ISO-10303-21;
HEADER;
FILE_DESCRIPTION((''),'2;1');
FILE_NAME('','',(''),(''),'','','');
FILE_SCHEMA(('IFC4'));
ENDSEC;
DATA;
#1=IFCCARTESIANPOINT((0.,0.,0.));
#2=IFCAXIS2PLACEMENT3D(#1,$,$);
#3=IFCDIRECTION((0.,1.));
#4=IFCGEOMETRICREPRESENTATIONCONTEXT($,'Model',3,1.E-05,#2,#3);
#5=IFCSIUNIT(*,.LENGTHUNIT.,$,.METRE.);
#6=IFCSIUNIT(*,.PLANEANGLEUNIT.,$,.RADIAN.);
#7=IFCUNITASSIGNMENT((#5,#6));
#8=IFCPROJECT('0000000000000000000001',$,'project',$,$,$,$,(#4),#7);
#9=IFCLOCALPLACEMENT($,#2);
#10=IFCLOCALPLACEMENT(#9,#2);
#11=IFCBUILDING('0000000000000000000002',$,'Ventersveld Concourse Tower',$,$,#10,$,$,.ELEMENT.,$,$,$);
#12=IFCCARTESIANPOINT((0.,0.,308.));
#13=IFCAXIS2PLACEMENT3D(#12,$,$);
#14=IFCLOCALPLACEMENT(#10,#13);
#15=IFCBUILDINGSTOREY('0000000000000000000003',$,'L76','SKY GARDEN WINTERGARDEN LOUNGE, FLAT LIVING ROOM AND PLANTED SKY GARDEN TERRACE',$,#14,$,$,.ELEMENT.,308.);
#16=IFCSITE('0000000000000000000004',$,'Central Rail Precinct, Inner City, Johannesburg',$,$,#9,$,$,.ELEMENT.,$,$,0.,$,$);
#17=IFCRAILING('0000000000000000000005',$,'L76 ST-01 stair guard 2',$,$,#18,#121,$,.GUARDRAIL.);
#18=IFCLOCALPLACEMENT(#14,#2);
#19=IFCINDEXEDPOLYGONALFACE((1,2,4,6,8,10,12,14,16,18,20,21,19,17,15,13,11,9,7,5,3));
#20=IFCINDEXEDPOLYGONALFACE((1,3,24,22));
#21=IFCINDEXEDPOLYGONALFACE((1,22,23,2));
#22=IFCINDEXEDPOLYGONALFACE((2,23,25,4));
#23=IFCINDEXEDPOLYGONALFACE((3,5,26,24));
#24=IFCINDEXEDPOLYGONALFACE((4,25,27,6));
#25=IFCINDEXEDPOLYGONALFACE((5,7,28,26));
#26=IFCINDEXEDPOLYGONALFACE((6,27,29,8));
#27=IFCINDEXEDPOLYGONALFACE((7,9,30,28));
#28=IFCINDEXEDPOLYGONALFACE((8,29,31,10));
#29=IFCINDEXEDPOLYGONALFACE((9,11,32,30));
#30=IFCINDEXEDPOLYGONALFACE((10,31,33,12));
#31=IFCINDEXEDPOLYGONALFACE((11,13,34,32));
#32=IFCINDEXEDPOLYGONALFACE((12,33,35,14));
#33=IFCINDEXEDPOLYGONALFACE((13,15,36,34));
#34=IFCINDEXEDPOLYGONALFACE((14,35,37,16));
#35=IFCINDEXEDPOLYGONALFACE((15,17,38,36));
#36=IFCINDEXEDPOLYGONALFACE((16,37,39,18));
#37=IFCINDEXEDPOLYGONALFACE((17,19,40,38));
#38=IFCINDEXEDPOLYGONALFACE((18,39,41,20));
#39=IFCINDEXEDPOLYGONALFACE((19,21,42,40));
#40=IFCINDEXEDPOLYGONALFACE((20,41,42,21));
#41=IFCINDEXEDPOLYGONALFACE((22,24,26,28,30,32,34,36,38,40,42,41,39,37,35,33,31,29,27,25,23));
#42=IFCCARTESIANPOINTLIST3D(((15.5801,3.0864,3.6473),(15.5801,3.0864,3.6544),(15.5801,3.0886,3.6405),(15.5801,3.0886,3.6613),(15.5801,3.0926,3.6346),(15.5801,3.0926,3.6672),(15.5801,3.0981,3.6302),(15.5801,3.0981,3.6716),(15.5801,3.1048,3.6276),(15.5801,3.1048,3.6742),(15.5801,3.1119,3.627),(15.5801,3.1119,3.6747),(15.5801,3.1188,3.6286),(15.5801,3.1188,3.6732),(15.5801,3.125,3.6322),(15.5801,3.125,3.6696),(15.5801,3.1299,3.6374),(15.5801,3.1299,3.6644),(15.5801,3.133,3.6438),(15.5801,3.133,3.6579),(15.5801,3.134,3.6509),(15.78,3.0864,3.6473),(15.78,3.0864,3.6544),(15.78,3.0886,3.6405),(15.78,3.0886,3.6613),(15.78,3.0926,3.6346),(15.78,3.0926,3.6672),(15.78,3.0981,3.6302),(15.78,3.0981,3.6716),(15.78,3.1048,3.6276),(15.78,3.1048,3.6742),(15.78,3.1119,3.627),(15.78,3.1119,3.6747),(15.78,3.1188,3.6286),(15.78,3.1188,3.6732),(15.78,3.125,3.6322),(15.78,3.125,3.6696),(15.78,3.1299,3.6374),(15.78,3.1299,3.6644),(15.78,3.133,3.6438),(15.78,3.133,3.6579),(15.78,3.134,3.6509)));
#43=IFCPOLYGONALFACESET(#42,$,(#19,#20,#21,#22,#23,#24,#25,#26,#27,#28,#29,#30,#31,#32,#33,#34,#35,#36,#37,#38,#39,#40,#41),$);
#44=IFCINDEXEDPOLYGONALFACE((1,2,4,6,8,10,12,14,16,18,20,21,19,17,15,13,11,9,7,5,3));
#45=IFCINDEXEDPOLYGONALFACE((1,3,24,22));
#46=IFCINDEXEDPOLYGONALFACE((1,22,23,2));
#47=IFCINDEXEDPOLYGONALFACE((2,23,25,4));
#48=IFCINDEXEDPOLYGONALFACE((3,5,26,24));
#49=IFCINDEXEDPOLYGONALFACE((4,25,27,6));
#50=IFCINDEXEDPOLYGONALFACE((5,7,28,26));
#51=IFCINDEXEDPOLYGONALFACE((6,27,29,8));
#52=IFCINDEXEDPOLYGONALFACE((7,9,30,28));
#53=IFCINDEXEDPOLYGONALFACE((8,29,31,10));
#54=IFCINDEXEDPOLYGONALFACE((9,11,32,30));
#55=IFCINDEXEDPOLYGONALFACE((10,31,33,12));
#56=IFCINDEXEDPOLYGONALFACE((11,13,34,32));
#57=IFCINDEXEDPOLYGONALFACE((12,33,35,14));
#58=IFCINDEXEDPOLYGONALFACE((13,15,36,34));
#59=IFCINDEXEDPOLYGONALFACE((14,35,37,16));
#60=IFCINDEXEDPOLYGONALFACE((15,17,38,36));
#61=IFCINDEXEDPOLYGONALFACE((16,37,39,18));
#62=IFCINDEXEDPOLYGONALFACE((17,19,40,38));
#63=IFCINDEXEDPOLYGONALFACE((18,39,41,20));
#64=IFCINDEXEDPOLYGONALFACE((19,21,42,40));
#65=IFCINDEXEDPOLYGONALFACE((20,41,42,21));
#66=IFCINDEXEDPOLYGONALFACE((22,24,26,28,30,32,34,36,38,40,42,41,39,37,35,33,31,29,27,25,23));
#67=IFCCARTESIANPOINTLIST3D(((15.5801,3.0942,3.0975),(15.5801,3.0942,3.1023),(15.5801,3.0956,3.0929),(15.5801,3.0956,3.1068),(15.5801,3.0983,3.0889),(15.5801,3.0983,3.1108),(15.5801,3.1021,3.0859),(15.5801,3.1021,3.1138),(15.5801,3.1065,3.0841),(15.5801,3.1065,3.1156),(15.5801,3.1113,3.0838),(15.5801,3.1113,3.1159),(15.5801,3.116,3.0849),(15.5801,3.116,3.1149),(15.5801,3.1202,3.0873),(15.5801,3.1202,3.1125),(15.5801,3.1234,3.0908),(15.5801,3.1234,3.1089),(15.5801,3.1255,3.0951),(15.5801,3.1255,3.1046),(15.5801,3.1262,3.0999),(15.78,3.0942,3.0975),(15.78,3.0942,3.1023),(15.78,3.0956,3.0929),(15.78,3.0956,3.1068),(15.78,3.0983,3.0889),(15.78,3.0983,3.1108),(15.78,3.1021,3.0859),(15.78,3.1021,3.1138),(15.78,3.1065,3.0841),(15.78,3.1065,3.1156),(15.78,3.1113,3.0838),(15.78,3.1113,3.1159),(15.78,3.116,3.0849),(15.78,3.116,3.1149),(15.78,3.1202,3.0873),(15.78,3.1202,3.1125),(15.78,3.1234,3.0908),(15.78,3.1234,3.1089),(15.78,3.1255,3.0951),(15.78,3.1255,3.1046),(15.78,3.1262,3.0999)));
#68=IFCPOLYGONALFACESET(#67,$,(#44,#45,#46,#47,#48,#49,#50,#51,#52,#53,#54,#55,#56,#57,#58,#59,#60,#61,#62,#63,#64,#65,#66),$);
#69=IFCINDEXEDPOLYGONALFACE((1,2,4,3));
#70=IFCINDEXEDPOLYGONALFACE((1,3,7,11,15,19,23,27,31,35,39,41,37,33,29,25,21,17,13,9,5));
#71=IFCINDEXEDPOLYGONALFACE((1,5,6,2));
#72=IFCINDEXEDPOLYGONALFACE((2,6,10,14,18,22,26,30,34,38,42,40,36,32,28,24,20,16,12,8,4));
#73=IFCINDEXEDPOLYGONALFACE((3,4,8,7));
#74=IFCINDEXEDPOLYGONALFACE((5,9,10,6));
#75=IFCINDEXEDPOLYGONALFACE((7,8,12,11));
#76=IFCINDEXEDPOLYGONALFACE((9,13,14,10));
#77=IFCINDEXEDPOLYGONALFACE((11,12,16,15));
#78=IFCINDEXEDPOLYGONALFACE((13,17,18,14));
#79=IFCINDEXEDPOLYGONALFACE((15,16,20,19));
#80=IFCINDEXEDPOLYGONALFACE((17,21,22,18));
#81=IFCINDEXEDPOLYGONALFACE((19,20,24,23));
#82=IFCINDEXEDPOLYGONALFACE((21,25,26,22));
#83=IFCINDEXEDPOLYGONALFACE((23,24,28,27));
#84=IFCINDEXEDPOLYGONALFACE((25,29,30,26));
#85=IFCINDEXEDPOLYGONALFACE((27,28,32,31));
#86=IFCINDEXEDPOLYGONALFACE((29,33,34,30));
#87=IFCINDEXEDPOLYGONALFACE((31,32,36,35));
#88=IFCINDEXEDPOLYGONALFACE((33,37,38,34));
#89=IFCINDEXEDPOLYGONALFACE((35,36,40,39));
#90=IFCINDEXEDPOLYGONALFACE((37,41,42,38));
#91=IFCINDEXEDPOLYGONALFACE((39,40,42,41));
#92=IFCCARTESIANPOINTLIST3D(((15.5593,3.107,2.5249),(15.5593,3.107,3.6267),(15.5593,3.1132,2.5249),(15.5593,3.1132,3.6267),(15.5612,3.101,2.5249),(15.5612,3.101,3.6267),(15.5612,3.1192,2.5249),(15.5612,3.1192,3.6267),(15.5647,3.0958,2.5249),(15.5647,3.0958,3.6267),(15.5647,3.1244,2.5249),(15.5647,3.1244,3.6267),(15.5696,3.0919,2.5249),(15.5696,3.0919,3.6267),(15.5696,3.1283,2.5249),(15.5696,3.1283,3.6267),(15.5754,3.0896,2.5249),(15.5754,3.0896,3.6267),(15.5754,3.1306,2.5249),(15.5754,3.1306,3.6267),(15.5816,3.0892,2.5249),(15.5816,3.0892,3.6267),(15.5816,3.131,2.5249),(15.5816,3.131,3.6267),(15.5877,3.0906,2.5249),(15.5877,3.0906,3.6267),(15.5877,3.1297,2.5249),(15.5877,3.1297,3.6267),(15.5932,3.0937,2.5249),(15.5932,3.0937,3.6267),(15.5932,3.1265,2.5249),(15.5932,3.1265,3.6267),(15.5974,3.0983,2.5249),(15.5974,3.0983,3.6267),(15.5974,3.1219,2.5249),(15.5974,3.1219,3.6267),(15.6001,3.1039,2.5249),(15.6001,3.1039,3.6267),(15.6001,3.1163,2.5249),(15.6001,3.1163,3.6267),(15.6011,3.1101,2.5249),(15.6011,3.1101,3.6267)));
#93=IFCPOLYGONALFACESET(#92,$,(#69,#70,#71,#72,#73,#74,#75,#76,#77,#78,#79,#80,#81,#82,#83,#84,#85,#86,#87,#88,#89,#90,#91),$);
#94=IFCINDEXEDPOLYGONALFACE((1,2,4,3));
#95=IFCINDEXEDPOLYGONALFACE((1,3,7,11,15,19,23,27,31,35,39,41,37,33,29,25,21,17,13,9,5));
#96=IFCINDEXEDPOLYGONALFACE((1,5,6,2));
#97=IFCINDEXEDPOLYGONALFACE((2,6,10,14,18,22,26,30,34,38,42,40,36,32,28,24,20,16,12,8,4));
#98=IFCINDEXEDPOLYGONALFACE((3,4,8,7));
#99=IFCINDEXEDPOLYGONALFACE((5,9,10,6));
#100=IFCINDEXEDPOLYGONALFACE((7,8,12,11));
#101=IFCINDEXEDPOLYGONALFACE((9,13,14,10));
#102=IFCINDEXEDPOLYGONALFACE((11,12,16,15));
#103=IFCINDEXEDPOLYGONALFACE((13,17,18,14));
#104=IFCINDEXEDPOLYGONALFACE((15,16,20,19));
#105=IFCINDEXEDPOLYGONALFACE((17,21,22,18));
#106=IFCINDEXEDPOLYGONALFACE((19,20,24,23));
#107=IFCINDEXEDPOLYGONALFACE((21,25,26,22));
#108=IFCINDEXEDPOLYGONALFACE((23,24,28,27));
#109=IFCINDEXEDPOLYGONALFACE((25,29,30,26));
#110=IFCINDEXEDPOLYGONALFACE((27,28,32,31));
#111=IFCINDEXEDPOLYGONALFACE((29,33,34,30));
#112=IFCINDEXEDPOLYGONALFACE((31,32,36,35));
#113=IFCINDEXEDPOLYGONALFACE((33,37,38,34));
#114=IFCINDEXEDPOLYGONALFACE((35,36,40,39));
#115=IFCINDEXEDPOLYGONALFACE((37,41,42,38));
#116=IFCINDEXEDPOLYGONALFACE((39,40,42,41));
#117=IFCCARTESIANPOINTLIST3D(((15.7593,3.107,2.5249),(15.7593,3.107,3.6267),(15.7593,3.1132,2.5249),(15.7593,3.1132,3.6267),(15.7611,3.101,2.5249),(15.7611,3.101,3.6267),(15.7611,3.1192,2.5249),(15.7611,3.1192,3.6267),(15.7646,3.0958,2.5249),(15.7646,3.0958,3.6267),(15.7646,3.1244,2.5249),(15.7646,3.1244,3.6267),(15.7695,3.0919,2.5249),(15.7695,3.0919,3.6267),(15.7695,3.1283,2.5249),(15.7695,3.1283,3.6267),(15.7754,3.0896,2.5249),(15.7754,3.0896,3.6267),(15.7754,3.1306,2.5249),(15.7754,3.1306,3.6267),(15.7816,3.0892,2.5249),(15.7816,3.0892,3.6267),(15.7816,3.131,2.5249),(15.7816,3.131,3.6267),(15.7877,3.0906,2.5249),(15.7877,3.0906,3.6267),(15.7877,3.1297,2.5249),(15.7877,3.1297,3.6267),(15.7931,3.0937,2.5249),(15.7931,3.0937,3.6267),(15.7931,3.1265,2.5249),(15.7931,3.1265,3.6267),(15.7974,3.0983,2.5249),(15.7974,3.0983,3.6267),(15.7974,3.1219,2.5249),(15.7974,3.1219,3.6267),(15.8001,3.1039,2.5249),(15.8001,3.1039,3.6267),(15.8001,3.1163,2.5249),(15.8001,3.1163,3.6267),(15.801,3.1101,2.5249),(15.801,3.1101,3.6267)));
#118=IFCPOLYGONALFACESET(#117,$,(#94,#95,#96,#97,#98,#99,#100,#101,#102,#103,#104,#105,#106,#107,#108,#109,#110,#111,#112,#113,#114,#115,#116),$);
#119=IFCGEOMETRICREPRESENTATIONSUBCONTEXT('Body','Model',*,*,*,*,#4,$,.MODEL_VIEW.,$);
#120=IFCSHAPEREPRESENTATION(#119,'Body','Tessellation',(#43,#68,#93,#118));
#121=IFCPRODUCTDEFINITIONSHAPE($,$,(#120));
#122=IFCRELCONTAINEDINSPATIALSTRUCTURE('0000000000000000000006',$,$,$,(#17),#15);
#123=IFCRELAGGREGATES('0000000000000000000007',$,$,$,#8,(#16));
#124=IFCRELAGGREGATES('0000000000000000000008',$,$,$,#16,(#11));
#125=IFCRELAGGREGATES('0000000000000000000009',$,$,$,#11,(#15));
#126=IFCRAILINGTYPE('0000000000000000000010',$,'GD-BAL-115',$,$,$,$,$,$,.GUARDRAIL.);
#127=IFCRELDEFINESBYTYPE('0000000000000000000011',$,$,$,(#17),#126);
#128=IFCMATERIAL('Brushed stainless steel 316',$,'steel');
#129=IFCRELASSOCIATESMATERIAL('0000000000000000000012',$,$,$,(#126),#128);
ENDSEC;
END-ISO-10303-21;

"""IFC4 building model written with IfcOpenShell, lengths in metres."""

from ifc_helpers import new_model, si_unit, direction, frame, origin, origin_2d, place, context, subcontext, project, spatial, circle, extrude, material, type_object, element, save


model = new_model("IFC4")

# Units and contexts
model_context = context("Model", 3, precision=1e-05, world=origin(), true_north=direction((0.0, 1.0)))
body_context = subcontext(model_context, "Body", "Model", "MODEL_VIEW")
ifc_project = project(units=[si_unit("LENGTHUNIT", "METRE"), si_unit("PLANEANGLEUNIT", "RADIAN")], contexts=[model_context])

# Site, building, storey
site_placement = place(None, origin())
site = spatial("IfcSite", under=ifc_project, at=site_placement, Name="Central Rail Precinct, Inner City, Johannesburg", CompositionType="ELEMENT", RefElevation=0.0)
building_placement = place(site_placement, origin())
building = spatial("IfcBuilding", under=site, at=building_placement, Name="Ventersveld Concourse Tower", CompositionType="ELEMENT")
storey_placement = place(building_placement, frame((0.0, 0.0, 308.0)))
storey = spatial("IfcBuildingStorey", under=building, at=storey_placement, Name="L76", Description="SKY GARDEN WINTERGARDEN LOUNGE, FLAT LIVING ROOM AND PLANTED SKY GARDEN TERRACE", CompositionType="ELEMENT", Elevation=308.0)

# Shared definitions
ifc_material_1 = material(Name="Brushed stainless steel 316", Category="steel")

# Railing
railing_type_1 = type_object("IfcRailingType", Name="GD-BAL-115", PredefinedType="GUARDRAIL", material=ifc_material_1)
railing_1_placement = place(storey_placement, frame((15.5801, 3.1101, 2.5249)))
element("IfcRailing", 1, at=railing_1_placement, inside=storey, type_object=railing_type_1, Name="L76 ST-01 stair guard 2", PredefinedType="GUARDRAIL", context=body_context, shape_type="SweptSolid", body=[
    extrude(circle(Radius=0.0239, at=origin_2d()), frame((0.0, 0.0, 1.126), z_axis=(1.0, 0.0, 0.0), x_axis=(0.0, 1.0, 0.0)), (0.0, 0.0, 1.0), 0.2),
    extrude(circle(Radius=0.0161, at=origin_2d()), frame((0.0, 0.0, 0.575), z_axis=(1.0, 0.0, 0.0), x_axis=(0.0, 1.0, 0.0)), (0.0, 0.0, 1.0), 0.2),
    extrude(circle(Radius=0.021, at=origin_2d()), origin(), (0.0, 0.0, 1.0), 1.1018),
    extrude(circle(Radius=0.021, at=origin_2d()), frame((0.2, 0.0, 0.0)), (0.0, 0.0, 1.0), 1.1018),
])

save(model, "model.ifc")
